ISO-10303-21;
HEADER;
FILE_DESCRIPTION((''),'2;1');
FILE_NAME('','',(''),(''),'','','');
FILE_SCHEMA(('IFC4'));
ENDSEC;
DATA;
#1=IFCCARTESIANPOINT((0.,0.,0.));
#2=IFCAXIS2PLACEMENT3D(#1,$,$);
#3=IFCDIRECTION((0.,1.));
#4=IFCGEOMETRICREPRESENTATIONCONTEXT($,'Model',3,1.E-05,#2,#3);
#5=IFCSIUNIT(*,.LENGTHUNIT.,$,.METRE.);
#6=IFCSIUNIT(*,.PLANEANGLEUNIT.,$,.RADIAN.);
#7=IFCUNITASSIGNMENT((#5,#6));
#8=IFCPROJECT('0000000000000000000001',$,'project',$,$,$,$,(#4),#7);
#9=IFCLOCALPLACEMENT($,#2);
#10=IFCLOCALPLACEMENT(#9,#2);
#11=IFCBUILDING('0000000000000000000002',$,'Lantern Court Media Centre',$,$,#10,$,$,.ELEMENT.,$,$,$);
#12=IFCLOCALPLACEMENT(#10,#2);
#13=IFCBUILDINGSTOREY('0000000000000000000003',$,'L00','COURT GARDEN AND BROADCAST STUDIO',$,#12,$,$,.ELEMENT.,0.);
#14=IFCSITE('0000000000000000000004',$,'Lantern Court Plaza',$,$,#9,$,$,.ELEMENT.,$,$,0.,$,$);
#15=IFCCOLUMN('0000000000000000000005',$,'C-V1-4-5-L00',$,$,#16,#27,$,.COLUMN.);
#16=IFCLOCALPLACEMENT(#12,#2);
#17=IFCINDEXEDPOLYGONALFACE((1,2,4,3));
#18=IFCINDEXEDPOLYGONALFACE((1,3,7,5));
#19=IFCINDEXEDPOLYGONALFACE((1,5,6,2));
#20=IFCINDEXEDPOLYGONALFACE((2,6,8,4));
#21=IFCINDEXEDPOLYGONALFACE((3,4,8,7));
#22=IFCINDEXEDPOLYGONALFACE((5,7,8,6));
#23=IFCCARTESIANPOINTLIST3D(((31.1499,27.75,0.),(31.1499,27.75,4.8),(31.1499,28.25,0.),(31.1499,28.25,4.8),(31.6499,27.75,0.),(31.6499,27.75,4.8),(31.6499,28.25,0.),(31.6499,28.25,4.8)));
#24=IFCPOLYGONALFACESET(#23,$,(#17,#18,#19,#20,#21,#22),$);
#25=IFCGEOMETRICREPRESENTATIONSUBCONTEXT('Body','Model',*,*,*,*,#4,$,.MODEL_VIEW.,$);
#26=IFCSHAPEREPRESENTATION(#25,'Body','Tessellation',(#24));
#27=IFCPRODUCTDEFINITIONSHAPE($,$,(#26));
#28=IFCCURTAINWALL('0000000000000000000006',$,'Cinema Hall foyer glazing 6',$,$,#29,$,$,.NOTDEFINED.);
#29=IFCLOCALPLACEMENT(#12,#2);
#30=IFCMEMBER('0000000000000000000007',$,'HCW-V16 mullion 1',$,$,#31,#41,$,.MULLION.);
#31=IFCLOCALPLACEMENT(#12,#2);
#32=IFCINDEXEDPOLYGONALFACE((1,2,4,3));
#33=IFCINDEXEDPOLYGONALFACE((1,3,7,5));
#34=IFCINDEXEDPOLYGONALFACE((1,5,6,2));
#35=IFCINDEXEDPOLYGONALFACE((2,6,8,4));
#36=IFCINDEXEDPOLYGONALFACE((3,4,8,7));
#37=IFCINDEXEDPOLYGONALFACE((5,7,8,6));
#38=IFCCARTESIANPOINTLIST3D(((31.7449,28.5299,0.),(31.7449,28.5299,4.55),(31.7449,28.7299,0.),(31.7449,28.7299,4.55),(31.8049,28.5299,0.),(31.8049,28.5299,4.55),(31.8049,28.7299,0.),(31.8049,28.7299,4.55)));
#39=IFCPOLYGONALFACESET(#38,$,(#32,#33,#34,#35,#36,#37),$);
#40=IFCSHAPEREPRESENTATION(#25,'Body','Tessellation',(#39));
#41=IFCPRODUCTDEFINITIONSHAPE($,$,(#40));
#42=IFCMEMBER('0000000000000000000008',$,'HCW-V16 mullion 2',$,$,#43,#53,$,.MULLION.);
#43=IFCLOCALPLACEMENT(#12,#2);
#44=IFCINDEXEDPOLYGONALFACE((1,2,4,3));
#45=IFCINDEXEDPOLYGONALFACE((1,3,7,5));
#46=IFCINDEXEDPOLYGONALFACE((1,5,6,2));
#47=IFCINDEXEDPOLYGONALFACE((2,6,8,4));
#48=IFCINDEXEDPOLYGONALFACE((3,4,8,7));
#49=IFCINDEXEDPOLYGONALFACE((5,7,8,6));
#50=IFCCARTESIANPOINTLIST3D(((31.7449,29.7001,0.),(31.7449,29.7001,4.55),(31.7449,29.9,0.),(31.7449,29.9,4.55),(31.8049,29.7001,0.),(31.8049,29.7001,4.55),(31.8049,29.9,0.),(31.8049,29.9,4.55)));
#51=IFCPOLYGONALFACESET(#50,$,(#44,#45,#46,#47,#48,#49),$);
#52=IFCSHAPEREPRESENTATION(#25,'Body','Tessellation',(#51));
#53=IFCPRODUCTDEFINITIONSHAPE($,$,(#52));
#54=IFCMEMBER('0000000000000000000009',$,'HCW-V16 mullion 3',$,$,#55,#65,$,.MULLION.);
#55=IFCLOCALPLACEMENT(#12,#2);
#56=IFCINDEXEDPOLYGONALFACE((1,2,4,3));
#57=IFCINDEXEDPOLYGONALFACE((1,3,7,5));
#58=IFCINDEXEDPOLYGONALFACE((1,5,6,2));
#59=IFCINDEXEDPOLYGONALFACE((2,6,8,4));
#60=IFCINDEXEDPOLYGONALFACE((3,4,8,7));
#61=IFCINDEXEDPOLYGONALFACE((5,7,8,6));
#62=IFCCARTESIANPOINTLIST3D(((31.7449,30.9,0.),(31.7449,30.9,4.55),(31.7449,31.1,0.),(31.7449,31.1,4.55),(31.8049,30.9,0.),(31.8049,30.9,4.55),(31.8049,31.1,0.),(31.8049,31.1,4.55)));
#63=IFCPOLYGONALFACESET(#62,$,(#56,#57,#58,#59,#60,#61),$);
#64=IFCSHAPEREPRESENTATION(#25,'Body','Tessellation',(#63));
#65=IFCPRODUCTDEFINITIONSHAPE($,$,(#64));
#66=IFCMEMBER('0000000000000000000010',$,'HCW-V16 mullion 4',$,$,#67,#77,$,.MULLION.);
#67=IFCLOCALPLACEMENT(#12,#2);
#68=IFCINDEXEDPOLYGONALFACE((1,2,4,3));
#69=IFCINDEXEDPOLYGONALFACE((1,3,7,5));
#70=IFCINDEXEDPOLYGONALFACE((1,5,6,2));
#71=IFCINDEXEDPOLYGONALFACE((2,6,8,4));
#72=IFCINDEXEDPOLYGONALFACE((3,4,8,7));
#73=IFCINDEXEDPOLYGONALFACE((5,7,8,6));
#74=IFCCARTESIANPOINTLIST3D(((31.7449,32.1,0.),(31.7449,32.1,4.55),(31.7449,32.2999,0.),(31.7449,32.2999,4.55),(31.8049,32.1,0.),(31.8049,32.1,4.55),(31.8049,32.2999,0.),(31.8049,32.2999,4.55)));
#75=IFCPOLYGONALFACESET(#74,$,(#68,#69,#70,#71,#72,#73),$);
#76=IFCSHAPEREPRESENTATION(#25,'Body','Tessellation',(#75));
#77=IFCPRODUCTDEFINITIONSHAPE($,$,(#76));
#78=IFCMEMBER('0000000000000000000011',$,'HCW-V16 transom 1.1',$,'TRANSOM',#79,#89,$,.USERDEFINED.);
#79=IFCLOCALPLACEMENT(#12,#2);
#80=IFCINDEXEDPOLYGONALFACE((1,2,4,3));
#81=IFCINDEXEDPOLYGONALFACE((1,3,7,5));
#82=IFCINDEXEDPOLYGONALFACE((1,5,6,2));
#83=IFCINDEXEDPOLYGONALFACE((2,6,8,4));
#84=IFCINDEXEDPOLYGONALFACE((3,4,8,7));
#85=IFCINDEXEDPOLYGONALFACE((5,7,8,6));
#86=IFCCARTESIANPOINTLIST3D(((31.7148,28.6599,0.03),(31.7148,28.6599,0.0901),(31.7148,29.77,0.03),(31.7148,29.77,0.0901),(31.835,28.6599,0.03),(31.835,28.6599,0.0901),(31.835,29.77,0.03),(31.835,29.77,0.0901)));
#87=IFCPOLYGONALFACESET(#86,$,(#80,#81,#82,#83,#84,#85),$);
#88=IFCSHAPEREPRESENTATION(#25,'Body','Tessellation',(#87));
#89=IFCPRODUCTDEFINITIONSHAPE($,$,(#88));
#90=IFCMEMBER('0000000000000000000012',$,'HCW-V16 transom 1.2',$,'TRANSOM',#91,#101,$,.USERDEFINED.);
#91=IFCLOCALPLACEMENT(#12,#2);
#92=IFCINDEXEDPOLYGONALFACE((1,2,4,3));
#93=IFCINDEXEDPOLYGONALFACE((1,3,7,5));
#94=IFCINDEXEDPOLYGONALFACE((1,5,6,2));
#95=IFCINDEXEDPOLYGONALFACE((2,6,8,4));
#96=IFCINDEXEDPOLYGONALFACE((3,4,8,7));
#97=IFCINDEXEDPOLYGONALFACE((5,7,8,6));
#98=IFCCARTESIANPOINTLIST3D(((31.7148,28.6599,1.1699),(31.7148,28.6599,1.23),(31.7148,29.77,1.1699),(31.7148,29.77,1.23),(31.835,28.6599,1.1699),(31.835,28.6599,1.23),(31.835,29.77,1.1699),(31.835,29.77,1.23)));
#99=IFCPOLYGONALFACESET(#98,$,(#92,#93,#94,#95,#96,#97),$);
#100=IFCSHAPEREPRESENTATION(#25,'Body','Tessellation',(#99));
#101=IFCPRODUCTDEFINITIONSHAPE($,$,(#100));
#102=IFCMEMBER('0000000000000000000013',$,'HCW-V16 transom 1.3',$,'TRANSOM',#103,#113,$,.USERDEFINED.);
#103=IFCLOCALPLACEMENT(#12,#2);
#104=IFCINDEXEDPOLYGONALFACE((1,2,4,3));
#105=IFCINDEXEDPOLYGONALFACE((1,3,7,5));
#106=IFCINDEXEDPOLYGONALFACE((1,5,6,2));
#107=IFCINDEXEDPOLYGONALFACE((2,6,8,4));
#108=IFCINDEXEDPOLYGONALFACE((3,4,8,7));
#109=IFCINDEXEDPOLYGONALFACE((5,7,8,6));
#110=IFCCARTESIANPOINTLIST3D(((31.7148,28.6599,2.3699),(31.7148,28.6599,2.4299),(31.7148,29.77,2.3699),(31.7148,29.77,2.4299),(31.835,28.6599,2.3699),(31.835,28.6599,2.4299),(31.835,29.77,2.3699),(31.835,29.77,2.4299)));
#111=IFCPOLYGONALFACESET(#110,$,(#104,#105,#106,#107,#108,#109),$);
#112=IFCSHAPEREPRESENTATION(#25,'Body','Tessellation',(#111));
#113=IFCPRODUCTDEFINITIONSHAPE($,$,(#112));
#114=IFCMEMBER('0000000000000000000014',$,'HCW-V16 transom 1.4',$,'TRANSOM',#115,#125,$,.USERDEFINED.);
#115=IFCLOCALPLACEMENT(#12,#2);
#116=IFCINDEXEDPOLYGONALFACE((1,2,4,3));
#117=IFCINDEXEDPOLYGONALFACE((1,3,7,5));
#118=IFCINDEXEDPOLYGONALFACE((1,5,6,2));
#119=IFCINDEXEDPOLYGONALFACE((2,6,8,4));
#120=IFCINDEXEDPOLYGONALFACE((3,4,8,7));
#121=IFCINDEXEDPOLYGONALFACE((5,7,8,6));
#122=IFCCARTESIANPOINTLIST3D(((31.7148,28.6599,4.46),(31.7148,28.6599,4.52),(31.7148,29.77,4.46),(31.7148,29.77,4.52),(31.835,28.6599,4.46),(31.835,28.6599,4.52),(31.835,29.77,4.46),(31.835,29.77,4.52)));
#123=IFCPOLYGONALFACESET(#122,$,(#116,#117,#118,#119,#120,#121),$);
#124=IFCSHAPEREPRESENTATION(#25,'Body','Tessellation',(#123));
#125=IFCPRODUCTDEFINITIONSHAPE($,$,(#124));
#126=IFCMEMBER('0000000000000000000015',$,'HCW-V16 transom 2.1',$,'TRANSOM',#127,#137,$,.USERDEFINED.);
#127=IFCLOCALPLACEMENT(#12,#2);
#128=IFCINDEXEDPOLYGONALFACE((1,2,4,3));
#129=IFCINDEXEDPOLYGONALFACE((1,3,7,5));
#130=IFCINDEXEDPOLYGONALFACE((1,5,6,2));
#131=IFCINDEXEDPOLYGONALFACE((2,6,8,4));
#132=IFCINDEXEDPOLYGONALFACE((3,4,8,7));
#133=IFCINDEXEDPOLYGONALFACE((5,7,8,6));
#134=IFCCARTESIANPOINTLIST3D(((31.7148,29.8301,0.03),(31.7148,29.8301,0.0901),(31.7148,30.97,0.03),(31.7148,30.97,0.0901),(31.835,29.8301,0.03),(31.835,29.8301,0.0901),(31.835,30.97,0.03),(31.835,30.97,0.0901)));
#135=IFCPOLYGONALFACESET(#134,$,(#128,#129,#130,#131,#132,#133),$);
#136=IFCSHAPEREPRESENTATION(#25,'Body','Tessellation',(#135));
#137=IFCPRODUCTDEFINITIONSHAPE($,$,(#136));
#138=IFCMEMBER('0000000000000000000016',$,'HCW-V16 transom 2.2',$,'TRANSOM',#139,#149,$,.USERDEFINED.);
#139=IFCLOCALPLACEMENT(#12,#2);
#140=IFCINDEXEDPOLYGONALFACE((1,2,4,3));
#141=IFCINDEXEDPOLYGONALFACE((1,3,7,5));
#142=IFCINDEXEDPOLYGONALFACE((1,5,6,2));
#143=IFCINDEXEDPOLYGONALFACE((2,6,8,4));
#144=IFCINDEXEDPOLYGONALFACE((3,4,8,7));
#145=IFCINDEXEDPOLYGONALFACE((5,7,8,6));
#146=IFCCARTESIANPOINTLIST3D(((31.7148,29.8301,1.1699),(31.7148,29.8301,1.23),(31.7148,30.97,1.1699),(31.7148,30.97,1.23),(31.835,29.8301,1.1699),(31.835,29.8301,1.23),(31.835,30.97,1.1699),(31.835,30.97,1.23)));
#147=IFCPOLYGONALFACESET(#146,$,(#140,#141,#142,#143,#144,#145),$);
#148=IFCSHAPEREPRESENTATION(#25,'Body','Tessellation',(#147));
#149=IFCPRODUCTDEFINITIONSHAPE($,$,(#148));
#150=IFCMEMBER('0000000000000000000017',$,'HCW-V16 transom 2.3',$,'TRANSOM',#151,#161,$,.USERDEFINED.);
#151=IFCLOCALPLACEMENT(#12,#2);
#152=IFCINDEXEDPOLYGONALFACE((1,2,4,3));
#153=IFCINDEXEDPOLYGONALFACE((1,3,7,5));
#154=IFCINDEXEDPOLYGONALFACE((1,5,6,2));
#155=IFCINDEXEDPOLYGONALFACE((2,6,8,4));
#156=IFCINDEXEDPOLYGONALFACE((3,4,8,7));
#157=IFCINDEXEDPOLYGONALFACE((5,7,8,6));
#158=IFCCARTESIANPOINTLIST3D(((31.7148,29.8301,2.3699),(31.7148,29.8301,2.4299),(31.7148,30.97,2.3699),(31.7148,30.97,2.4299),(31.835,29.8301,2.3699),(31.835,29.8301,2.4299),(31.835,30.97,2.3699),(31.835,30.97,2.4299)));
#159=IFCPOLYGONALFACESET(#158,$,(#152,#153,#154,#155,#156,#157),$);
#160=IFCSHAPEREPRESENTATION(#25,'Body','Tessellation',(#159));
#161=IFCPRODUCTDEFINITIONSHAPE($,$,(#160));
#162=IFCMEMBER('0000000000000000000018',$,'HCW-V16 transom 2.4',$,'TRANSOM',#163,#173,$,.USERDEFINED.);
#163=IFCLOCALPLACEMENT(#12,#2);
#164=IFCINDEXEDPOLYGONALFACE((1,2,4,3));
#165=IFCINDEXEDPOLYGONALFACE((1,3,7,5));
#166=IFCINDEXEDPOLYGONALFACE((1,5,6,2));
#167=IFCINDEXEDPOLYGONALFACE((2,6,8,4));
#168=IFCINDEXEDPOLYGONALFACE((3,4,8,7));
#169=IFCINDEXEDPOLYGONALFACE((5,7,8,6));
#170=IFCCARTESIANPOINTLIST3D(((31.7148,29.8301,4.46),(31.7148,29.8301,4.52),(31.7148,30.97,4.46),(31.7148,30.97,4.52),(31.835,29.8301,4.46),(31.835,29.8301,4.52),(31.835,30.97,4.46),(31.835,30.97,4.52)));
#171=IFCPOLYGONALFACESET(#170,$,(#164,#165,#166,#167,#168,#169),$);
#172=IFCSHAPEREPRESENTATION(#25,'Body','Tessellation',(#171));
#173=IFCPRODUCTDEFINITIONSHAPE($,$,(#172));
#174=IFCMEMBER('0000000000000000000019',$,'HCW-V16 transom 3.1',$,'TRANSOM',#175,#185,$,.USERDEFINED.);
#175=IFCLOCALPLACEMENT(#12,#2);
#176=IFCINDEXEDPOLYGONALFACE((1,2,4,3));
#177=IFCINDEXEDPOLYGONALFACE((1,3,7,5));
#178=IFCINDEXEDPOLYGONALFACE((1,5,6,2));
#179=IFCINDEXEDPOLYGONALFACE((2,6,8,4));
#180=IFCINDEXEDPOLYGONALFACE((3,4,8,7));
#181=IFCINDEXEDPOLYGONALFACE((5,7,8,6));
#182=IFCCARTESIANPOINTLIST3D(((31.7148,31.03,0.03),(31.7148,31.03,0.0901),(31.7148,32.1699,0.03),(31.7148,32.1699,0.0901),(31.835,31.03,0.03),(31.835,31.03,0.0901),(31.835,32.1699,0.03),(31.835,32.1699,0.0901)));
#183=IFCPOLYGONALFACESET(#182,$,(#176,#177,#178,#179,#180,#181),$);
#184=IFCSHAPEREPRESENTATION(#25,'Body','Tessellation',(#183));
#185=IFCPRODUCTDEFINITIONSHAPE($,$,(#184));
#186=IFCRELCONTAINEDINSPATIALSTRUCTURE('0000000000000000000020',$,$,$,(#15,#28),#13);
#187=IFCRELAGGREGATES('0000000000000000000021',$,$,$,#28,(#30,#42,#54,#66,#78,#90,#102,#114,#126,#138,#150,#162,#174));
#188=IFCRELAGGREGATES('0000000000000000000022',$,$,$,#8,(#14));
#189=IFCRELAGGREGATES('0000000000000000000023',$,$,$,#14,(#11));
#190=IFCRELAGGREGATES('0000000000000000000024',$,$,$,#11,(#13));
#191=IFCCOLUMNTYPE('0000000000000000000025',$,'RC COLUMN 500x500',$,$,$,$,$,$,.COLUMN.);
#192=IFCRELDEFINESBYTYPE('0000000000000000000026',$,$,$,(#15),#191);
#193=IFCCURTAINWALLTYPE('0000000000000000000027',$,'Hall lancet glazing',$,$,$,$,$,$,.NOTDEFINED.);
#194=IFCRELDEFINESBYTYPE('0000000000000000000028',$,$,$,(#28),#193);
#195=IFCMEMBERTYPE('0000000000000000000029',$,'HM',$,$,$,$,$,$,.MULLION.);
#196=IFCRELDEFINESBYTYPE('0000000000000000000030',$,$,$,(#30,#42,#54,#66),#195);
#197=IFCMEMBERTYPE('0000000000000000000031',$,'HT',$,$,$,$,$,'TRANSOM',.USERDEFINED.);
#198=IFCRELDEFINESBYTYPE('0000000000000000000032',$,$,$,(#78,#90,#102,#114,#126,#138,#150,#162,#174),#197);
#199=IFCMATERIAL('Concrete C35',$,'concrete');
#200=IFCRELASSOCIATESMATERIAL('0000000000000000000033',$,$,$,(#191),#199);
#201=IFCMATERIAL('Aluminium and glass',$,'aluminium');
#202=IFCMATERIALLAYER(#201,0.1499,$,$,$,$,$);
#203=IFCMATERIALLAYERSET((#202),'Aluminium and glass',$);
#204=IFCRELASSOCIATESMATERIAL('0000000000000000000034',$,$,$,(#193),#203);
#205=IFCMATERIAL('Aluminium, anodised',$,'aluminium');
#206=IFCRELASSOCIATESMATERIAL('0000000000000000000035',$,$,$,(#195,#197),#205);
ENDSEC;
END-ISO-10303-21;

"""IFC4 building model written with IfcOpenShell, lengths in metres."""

from ifc_helpers import new_model, si_unit, direction, frame, origin, origin_2d, place, context, subcontext, project, spatial, rectangle, extrude, material, layer, layer_set, material_profile, profile_set, type_object, element, aggregate, save


model = new_model("IFC4")

# Units and contexts
model_context = context("Model", 3, precision=1e-05, world=origin(), true_north=direction((0.0, 1.0)))
body_context = subcontext(model_context, "Body", "Model", "MODEL_VIEW")
ifc_project = project(units=[si_unit("LENGTHUNIT", "METRE"), si_unit("PLANEANGLEUNIT", "RADIAN")], contexts=[model_context])

# Site, building, storey
site_placement = place(None, origin())
site = spatial("IfcSite", under=ifc_project, at=site_placement, Name="Lantern Court Plaza", CompositionType="ELEMENT", RefElevation=0.0)
building_placement = place(site_placement, origin())
building = spatial("IfcBuilding", under=site, at=building_placement, Name="Lantern Court Media Centre", CompositionType="ELEMENT")
storey_placement = place(building_placement, origin())
storey = spatial("IfcBuildingStorey", under=building, at=storey_placement, Name="L00", Description="COURT GARDEN AND BROADCAST STUDIO", CompositionType="ELEMENT", Elevation=0.0)

# Column
ifc_material_1 = material(Name="Concrete C35", Category="concrete")
ifc_material_profile_1 = material_profile(ifc_material_1, rectangle(XDim=0.5, YDim=0.5, at=origin_2d()), Name="RC 500x500")
ifc_profile_set_1 = profile_set([ifc_material_profile_1], Name="Concrete C35")
column_type = type_object("IfcColumnType", Name="RC COLUMN 500x500", PredefinedType="COLUMN", material=ifc_profile_set_1)
column_placement = place(storey_placement, frame((31.3999, 28.0, 0.0), z_axis=(0.0, 0.0, 1.0), x_axis=(1.0, 0.0, 0.0)))
element("IfcColumn", 1, at=column_placement, inside=storey, type_object=column_type, Name="C-V1-4-5-L00", PredefinedType="COLUMN", context=body_context, shape_type="SweptSolid", body=[
    extrude(rectangle(XDim=0.5, YDim=0.5, at=origin_2d()), origin(), (0.0, 0.0, 1.0), 4.8),
])

# Curtain wall, members
ifc_material_2 = material(Name="Aluminium and glass", Category="aluminium")
ifc_layer_1 = layer(ifc_material_2, 0.1499)
ifc_layer_set_1 = layer_set([ifc_layer_1], Name="Aluminium and glass")
curtain_wall_type = type_object("IfcCurtainWallType", Name="Hall lancet glazing", PredefinedType="NOTDEFINED", material=ifc_layer_set_1)
curtain_wall_placement = place(storey_placement, origin())
curtain_wall = element("IfcCurtainWall", 2, at=curtain_wall_placement, inside=storey, type_object=curtain_wall_type, Name="Cinema Hall foyer glazing 6", PredefinedType="NOTDEFINED")
ifc_material_3 = material(Name="Aluminium, anodised", Category="aluminium")
ifc_material_profile_2 = material_profile(ifc_material_3, rectangle(XDim=0.0601, YDim=0.2, at=origin_2d()), Name="HM")
ifc_profile_set_2 = profile_set([ifc_material_profile_2], Name="Aluminium, anodised")
member_type_1 = type_object("IfcMemberType", Name="HM", PredefinedType="MULLION", material=ifc_profile_set_2)
member_1_placement = place(storey_placement, frame((31.7749, 28.6299, 0.0), z_axis=(0.0, 0.0, 1.0), x_axis=(-1.0, 0.0, 0.0)))
member_1 = element("IfcMember", 3, at=member_1_placement, type_object=member_type_1, Name="HCW-V16 mullion 1", PredefinedType="MULLION", context=body_context, shape_type="SweptSolid", body=[
    extrude(rectangle(XDim=0.0601, YDim=0.2, at=origin_2d()), origin(), (0.0, 0.0, 1.0), 4.55),
])
member_2_placement = place(storey_placement, frame((31.7749, 29.8, 0.0), z_axis=(0.0, 0.0, 1.0), x_axis=(-1.0, 0.0, 0.0)))
member_2 = element("IfcMember", 4, at=member_2_placement, type_object=member_type_1, Name="HCW-V16 mullion 2", PredefinedType="MULLION", context=body_context, shape_type="SweptSolid", body=[
    extrude(rectangle(XDim=0.0601, YDim=0.2, at=origin_2d()), origin(), (0.0, 0.0, 1.0), 4.55),
])
member_3_placement = place(storey_placement, frame((31.7749, 31.0, 0.0), z_axis=(0.0, 0.0, 1.0), x_axis=(-1.0, 0.0, 0.0)))
member_3 = element("IfcMember", 5, at=member_3_placement, type_object=member_type_1, Name="HCW-V16 mullion 3", PredefinedType="MULLION", context=body_context, shape_type="SweptSolid", body=[
    extrude(rectangle(XDim=0.0601, YDim=0.2, at=origin_2d()), origin(), (0.0, 0.0, 1.0), 4.55),
])
member_4_placement = place(storey_placement, frame((31.7749, 32.2, 0.0), z_axis=(0.0, 0.0, 1.0), x_axis=(-1.0, 0.0, 0.0)))
member_4 = element("IfcMember", 6, at=member_4_placement, type_object=member_type_1, Name="HCW-V16 mullion 4", PredefinedType="MULLION", context=body_context, shape_type="SweptSolid", body=[
    extrude(rectangle(XDim=0.0601, YDim=0.2, at=origin_2d()), origin(), (0.0, 0.0, 1.0), 4.55),
])
ifc_material_profile_3 = material_profile(ifc_material_3, rectangle(XDim=0.1201, YDim=0.0601, at=origin_2d()), Name="HT")
ifc_profile_set_3 = profile_set([ifc_material_profile_3], Name="Aluminium, anodised")
member_type_2 = type_object("IfcMemberType", Name="HT", ElementType="TRANSOM", PredefinedType="USERDEFINED", material=ifc_profile_set_3)
member_5_placement = place(storey_placement, frame((31.7749, 28.6599, 0.0601), z_axis=(0.0, 1.0, 0.0), x_axis=(-1.0, 0.0, 0.0)))
member_5 = element("IfcMember", 7, at=member_5_placement, type_object=member_type_2, Name="HCW-V16 transom 1.1", ObjectType="TRANSOM", PredefinedType="USERDEFINED", context=body_context, shape_type="SweptSolid", body=[
    extrude(rectangle(XDim=0.1201, YDim=0.0601, at=origin_2d()), origin(), (0.0, 0.0, 1.0), 1.1101),
])
member_6_placement = place(storey_placement, frame((31.7749, 28.6599, 1.2), z_axis=(0.0, 1.0, 0.0), x_axis=(-1.0, 0.0, 0.0)))
member_6 = element("IfcMember", 8, at=member_6_placement, type_object=member_type_2, Name="HCW-V16 transom 1.2", ObjectType="TRANSOM", PredefinedType="USERDEFINED", context=body_context, shape_type="SweptSolid", body=[
    extrude(rectangle(XDim=0.1201, YDim=0.0601, at=origin_2d()), origin(), (0.0, 0.0, 1.0), 1.1101),
])
member_7_placement = place(storey_placement, frame((31.7749, 28.6599, 2.3999), z_axis=(0.0, 1.0, 0.0), x_axis=(-1.0, 0.0, 0.0)))
member_7 = element("IfcMember", 9, at=member_7_placement, type_object=member_type_2, Name="HCW-V16 transom 1.3", ObjectType="TRANSOM", PredefinedType="USERDEFINED", context=body_context, shape_type="SweptSolid", body=[
    extrude(rectangle(XDim=0.1201, YDim=0.0601, at=origin_2d()), origin(), (0.0, 0.0, 1.0), 1.1101),
])
member_8_placement = place(storey_placement, frame((31.7749, 28.6599, 4.49), z_axis=(0.0, 1.0, 0.0), x_axis=(-1.0, 0.0, 0.0)))
member_8 = element("IfcMember", 10, at=member_8_placement, type_object=member_type_2, Name="HCW-V16 transom 1.4", ObjectType="TRANSOM", PredefinedType="USERDEFINED", context=body_context, shape_type="SweptSolid", body=[
    extrude(rectangle(XDim=0.1201, YDim=0.0601, at=origin_2d()), origin(), (0.0, 0.0, 1.0), 1.1101),
])
member_9_placement = place(storey_placement, frame((31.7749, 29.8301, 0.0601), z_axis=(0.0, 1.0, 0.0), x_axis=(-1.0, 0.0, 0.0)))
member_9 = element("IfcMember", 11, at=member_9_placement, type_object=member_type_2, Name="HCW-V16 transom 2.1", ObjectType="TRANSOM", PredefinedType="USERDEFINED", context=body_context, shape_type="SweptSolid", body=[
    extrude(rectangle(XDim=0.1201, YDim=0.0601, at=origin_2d()), origin(), (0.0, 0.0, 1.0), 1.1399),
])
member_10_placement = place(storey_placement, frame((31.7749, 29.8301, 1.2), z_axis=(0.0, 1.0, 0.0), x_axis=(-1.0, 0.0, 0.0)))
member_10 = element("IfcMember", 12, at=member_10_placement, type_object=member_type_2, Name="HCW-V16 transom 2.2", ObjectType="TRANSOM", PredefinedType="USERDEFINED", context=body_context, shape_type="SweptSolid", body=[
    extrude(rectangle(XDim=0.1201, YDim=0.0601, at=origin_2d()), origin(), (0.0, 0.0, 1.0), 1.1399),
])
member_11_placement = place(storey_placement, frame((31.7749, 29.8301, 2.3999), z_axis=(0.0, 1.0, 0.0), x_axis=(-1.0, 0.0, 0.0)))
member_11 = element("IfcMember", 13, at=member_11_placement, type_object=member_type_2, Name="HCW-V16 transom 2.3", ObjectType="TRANSOM", PredefinedType="USERDEFINED", context=body_context, shape_type="SweptSolid", body=[
    extrude(rectangle(XDim=0.1201, YDim=0.0601, at=origin_2d()), origin(), (0.0, 0.0, 1.0), 1.1399),
])
member_12_placement = place(storey_placement, frame((31.7749, 29.8301, 4.49), z_axis=(0.0, 1.0, 0.0), x_axis=(-1.0, 0.0, 0.0)))
member_12 = element("IfcMember", 14, at=member_12_placement, type_object=member_type_2, Name="HCW-V16 transom 2.4", ObjectType="TRANSOM", PredefinedType="USERDEFINED", context=body_context, shape_type="SweptSolid", body=[
    extrude(rectangle(XDim=0.1201, YDim=0.0601, at=origin_2d()), origin(), (0.0, 0.0, 1.0), 1.1399),
])
member_13_placement = place(storey_placement, frame((31.7749, 31.03, 0.0601), z_axis=(0.0, 1.0, 0.0), x_axis=(-1.0, 0.0, 0.0)))
member_13 = element("IfcMember", 15, at=member_13_placement, type_object=member_type_2, Name="HCW-V16 transom 3.1", ObjectType="TRANSOM", PredefinedType="USERDEFINED", context=body_context, shape_type="SweptSolid", body=[
    extrude(rectangle(XDim=0.1201, YDim=0.0601, at=origin_2d()), origin(), (0.0, 0.0, 1.0), 1.1399),
])

aggregate(curtain_wall, [member_1, member_2, member_3, member_4, member_5, member_6, member_7, member_8, member_9, member_10, member_11, member_12, member_13])

save(model, "model.ifc")
